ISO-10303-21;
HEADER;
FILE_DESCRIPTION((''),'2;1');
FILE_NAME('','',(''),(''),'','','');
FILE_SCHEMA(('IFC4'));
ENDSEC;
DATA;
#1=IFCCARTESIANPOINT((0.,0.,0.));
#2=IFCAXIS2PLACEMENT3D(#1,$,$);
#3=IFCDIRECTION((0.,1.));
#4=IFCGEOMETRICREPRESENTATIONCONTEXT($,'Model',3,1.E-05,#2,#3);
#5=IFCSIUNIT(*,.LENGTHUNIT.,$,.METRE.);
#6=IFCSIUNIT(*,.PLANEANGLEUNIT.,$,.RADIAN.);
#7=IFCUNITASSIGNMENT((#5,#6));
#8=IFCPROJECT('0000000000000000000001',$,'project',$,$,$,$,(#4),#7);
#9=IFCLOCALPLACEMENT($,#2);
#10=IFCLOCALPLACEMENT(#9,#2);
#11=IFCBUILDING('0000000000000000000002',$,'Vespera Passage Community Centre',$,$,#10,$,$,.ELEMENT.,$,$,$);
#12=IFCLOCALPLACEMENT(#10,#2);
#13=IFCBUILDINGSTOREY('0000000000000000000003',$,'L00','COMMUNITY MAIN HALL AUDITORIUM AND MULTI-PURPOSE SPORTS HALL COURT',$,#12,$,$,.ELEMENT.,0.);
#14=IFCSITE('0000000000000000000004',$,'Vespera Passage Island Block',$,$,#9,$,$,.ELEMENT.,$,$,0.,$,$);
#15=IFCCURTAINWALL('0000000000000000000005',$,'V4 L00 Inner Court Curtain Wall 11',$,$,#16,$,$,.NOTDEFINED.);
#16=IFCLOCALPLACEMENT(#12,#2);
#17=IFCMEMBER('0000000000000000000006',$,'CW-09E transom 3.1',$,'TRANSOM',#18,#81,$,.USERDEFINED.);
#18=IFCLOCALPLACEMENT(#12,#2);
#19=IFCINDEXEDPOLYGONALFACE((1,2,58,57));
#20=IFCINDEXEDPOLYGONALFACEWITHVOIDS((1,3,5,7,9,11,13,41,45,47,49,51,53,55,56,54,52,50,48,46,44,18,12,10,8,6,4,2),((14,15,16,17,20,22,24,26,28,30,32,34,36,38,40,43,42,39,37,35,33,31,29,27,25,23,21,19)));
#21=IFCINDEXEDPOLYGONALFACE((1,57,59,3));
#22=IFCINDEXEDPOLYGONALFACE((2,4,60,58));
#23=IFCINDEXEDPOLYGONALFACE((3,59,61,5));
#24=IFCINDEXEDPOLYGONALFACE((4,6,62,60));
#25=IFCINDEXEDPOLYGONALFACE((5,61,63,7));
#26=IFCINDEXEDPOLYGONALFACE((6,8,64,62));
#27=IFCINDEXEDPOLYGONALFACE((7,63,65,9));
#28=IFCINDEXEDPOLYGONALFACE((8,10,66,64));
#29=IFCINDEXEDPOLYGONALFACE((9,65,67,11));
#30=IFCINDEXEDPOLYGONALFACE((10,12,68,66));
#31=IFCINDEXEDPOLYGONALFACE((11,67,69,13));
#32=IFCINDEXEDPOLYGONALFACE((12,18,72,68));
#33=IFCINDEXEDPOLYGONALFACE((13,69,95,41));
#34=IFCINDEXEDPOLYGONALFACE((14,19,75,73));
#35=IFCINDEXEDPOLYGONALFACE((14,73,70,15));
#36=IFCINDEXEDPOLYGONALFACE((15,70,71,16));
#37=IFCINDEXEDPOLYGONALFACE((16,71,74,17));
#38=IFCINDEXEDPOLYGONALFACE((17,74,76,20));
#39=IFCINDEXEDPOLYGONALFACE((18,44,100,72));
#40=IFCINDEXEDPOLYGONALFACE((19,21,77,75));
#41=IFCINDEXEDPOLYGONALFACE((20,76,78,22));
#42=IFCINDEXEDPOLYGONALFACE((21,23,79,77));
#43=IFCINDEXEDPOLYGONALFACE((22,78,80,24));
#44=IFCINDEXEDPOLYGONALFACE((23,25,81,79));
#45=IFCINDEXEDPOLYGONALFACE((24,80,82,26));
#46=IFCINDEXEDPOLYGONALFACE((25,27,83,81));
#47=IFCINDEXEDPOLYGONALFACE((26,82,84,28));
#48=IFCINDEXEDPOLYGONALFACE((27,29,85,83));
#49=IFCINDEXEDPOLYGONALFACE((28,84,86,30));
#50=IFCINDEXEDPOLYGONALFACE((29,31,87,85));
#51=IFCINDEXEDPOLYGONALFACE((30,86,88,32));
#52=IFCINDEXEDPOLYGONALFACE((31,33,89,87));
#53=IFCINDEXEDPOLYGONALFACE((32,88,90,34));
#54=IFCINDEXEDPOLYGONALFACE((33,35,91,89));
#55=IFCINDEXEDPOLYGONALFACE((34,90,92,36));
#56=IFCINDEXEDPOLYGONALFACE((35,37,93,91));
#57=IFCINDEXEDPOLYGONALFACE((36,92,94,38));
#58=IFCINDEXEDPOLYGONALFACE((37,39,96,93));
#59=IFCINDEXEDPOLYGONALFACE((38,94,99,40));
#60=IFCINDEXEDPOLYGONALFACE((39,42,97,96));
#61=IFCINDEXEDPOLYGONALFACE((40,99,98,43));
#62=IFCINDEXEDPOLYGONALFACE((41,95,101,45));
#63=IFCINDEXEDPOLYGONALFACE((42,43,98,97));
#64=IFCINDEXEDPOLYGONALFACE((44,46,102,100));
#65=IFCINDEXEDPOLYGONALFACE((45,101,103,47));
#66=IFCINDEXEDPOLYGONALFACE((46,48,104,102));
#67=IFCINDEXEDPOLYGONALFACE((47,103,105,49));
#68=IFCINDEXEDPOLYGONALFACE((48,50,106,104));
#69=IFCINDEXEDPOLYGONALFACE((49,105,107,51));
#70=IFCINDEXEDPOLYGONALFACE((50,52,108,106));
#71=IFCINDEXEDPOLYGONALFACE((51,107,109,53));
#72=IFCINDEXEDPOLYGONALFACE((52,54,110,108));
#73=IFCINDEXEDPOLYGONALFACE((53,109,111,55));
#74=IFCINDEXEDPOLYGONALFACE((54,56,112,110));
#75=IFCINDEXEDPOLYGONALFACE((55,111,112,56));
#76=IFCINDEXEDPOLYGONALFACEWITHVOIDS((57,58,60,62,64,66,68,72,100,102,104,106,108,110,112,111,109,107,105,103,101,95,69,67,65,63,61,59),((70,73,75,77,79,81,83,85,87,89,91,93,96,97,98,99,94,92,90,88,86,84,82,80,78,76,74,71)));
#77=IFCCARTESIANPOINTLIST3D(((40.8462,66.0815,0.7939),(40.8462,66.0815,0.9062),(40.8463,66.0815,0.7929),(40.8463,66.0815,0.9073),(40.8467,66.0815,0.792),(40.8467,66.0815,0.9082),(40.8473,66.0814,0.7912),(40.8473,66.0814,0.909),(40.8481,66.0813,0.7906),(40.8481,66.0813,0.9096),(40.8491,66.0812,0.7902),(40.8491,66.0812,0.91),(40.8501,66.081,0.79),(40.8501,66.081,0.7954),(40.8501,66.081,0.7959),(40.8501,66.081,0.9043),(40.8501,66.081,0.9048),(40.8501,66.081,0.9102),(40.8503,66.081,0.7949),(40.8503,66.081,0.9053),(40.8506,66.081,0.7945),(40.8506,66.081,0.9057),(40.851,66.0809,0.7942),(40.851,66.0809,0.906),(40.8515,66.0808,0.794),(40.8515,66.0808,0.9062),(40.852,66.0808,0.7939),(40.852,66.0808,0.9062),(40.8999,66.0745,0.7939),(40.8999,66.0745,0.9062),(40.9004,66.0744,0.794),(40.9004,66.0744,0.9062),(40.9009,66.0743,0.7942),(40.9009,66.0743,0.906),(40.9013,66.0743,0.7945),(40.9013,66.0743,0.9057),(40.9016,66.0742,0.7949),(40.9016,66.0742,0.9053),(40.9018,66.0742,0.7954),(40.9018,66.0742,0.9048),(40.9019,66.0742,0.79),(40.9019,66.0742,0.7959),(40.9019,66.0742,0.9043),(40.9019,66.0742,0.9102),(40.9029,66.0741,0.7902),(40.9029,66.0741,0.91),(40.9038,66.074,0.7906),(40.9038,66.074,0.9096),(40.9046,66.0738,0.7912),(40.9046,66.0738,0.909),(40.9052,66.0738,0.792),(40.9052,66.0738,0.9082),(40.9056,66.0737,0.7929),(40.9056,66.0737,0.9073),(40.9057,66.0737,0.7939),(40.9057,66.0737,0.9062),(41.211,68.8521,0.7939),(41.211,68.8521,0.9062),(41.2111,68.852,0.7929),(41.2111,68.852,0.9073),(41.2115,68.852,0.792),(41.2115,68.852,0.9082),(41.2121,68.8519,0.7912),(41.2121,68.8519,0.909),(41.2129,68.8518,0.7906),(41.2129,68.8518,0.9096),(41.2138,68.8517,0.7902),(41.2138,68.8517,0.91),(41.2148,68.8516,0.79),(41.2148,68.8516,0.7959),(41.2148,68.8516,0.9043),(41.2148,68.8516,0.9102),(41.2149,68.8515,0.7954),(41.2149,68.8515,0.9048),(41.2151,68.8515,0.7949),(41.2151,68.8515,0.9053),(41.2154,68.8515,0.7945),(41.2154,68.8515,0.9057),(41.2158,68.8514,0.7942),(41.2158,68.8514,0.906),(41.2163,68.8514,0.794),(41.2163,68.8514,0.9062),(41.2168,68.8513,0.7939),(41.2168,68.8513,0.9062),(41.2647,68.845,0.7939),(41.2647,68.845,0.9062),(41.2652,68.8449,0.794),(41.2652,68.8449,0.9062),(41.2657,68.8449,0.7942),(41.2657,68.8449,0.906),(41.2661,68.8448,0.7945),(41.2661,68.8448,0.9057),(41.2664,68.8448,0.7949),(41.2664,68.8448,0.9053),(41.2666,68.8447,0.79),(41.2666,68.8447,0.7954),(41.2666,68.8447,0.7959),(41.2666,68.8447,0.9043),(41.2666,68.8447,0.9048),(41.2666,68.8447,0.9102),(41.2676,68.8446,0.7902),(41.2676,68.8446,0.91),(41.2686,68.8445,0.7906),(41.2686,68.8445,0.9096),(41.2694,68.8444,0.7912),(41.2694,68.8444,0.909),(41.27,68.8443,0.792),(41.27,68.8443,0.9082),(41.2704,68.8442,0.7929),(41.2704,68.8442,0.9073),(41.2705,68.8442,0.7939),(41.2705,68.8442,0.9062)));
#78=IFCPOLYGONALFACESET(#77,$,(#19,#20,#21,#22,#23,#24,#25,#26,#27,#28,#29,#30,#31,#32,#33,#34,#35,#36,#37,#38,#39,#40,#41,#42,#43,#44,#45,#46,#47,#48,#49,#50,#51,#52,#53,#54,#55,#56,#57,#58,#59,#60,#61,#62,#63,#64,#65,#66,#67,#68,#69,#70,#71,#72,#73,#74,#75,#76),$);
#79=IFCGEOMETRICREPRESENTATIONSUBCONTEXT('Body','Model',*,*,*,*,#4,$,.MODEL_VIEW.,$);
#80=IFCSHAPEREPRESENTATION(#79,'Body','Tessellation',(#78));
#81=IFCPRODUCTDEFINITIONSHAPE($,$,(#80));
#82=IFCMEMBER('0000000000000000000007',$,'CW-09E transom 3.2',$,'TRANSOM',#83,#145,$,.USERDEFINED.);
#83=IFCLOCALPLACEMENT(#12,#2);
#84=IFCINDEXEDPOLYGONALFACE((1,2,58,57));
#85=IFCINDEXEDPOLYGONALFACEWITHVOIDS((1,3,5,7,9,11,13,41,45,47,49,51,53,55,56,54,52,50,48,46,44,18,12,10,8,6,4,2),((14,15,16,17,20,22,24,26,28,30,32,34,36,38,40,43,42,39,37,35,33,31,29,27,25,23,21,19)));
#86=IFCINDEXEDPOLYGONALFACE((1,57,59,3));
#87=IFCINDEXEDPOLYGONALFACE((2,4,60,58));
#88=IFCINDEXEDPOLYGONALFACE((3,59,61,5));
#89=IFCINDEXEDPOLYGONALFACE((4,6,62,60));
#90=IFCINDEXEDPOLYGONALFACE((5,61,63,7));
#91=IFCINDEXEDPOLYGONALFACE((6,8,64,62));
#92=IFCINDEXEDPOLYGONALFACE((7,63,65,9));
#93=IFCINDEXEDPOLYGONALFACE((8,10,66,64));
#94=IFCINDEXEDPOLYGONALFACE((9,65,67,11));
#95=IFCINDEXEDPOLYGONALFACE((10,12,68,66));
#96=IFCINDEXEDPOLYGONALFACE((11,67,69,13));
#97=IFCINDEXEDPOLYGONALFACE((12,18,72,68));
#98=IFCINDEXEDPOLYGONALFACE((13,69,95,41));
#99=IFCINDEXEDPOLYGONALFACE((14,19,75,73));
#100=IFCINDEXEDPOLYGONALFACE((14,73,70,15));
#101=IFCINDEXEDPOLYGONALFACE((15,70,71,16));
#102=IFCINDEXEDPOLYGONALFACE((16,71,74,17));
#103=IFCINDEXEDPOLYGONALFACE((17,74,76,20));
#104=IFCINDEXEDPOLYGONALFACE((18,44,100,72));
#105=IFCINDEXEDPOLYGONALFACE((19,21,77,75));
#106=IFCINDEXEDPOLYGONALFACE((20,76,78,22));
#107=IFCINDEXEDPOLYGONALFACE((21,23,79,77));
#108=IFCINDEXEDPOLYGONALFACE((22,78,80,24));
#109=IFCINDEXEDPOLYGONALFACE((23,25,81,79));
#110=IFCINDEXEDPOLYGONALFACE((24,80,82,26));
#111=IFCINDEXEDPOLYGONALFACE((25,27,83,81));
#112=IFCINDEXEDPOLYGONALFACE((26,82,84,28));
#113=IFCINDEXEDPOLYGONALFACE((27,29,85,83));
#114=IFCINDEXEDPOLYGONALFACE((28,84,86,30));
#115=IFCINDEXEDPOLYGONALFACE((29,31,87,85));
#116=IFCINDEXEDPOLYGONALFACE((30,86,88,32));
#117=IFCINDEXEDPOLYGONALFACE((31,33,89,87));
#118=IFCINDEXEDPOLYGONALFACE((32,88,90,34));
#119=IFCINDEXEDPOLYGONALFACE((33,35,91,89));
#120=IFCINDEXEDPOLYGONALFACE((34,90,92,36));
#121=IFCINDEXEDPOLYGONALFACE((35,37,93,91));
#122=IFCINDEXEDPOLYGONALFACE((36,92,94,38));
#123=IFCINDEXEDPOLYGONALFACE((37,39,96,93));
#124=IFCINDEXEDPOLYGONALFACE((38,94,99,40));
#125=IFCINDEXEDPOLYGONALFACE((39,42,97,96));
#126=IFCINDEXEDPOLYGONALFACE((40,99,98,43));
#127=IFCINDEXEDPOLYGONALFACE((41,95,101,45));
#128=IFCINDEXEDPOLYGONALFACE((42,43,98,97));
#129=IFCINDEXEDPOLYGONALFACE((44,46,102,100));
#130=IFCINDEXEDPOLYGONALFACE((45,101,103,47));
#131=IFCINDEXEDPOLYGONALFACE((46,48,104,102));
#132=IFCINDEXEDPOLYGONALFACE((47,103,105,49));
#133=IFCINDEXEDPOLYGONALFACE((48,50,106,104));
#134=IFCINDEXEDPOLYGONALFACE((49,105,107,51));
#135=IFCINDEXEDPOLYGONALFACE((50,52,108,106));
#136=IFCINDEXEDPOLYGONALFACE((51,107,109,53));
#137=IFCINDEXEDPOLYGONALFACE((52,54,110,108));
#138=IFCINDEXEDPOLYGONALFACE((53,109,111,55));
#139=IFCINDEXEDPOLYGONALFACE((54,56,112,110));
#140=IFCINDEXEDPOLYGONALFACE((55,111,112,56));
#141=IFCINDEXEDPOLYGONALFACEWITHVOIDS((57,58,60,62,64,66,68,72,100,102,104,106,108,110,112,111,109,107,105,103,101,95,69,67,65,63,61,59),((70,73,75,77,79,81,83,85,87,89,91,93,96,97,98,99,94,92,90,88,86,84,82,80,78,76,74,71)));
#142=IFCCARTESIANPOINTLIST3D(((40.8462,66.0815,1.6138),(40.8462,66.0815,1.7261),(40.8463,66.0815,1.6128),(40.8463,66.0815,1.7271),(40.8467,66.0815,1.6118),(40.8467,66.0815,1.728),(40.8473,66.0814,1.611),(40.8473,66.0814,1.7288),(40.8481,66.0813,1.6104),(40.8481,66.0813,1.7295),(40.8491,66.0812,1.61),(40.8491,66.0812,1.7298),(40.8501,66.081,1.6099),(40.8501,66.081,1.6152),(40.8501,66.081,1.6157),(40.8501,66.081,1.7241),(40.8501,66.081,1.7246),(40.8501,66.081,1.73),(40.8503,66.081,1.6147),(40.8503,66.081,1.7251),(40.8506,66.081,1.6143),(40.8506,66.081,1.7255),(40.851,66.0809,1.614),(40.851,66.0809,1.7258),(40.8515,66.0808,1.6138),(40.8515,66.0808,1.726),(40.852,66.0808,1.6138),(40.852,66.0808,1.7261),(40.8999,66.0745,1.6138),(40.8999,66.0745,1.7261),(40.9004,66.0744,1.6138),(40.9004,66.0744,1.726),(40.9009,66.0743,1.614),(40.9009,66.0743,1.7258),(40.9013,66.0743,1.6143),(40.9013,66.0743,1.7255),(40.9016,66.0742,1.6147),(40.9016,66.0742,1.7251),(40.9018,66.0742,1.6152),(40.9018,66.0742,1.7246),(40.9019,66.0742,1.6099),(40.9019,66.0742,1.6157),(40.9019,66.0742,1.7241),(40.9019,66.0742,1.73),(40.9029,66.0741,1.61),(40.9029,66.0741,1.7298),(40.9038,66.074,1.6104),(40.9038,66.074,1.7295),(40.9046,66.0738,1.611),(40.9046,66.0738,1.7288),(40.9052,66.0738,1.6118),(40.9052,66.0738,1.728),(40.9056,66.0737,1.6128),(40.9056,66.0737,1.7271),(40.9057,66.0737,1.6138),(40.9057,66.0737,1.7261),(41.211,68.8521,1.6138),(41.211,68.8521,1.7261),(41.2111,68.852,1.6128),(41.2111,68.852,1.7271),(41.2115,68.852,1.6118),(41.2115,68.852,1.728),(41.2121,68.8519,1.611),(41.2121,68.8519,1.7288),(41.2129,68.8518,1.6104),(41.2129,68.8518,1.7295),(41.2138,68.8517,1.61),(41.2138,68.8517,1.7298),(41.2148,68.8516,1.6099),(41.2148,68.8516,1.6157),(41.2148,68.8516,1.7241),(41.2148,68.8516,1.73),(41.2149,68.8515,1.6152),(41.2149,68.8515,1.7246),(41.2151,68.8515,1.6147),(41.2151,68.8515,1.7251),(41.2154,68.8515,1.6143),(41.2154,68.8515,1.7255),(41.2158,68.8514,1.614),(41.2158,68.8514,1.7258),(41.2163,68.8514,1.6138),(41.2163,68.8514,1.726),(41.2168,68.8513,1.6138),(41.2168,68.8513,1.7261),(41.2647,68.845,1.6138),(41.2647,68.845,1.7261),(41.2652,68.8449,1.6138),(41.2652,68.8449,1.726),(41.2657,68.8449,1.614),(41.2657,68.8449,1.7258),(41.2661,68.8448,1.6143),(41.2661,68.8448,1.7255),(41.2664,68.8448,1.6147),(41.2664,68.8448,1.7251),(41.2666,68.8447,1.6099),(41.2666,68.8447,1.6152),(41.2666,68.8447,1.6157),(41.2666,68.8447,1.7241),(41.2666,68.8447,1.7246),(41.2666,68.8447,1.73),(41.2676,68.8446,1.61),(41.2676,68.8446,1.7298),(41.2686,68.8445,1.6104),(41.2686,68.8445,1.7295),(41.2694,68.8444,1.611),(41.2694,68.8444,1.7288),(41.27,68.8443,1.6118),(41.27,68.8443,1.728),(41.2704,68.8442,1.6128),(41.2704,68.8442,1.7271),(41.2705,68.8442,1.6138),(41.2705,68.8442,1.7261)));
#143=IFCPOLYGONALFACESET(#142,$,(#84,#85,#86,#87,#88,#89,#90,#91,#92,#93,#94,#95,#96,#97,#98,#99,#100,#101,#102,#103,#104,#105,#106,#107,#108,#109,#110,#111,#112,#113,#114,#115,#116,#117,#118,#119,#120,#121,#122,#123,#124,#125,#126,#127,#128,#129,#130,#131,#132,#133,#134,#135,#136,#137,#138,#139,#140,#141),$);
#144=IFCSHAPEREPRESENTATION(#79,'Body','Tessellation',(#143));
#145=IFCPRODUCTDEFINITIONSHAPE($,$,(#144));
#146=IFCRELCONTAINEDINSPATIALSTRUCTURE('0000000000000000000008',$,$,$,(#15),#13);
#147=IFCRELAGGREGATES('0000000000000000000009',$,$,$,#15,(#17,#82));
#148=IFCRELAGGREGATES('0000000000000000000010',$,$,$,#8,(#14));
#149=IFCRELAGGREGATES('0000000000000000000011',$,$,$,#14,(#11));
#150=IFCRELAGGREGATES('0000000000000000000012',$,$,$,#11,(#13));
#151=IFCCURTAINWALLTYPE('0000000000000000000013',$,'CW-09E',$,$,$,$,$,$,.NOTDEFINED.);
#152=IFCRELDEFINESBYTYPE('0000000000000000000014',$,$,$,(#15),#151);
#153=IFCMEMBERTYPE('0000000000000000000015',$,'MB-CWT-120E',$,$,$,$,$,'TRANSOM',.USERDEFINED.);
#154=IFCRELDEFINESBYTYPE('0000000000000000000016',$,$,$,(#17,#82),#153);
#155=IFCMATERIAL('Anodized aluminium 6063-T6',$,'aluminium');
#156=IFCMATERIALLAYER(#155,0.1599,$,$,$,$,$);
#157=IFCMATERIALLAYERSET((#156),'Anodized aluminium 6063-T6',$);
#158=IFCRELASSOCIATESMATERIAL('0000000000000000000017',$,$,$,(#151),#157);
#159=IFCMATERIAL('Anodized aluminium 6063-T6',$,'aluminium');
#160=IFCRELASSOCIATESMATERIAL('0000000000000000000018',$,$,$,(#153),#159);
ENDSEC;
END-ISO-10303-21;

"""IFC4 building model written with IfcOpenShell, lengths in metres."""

from ifc_helpers import new_model, si_unit, direction, frame, origin, origin_2d, place, context, subcontext, project, spatial, hollow_rectangle, extrude, material, layer, layer_set, material_profile, profile_set, type_object, element, aggregate, save


model = new_model("IFC4")

# Units and contexts
model_context = context("Model", 3, precision=1e-05, world=origin(), true_north=direction((0.0, 1.0)))
body_context = subcontext(model_context, "Body", "Model", "MODEL_VIEW")
ifc_project = project(units=[si_unit("LENGTHUNIT", "METRE"), si_unit("PLANEANGLEUNIT", "RADIAN")], contexts=[model_context])

# Site, building, storey
site_placement = place(None, origin())
site = spatial("IfcSite", under=ifc_project, at=site_placement, Name="Vespera Passage Island Block", CompositionType="ELEMENT", RefElevation=0.0)
building_placement = place(site_placement, origin())
building = spatial("IfcBuilding", under=site, at=building_placement, Name="Vespera Passage Community Centre", CompositionType="ELEMENT")
storey_placement = place(building_placement, origin())
storey = spatial("IfcBuildingStorey", under=building, at=storey_placement, Name="L00", Description="COMMUNITY MAIN HALL AUDITORIUM AND MULTI-PURPOSE SPORTS HALL COURT", CompositionType="ELEMENT", Elevation=0.0)

# Curtain wall
ifc_material_1 = material(Name="Anodized aluminium 6063-T6", Category="aluminium")
ifc_layer_1 = layer(ifc_material_1, 0.1599)
ifc_layer_set_1 = layer_set([ifc_layer_1], Name="Anodized aluminium 6063-T6")
curtain_wall_type_1 = type_object("IfcCurtainWallType", Name="CW-09E", PredefinedType="NOTDEFINED", material=ifc_layer_set_1)
curtain_wall_1_placement = place(storey_placement, origin())
curtain_wall_1 = element("IfcCurtainWall", 1, at=curtain_wall_1_placement, inside=storey, type_object=curtain_wall_type_1, Name="V4 L00 Inner Court Curtain Wall 11", PredefinedType="NOTDEFINED")

# Members
ifc_material_2 = material(Name="Anodized aluminium 6063-T6", Category="aluminium")
ifc_material_profile_1 = material_profile(ifc_material_2, hollow_rectangle(XDim=0.0601, YDim=0.1201, WallThickness=0.0039, InnerFilletRadius=0.002, OuterFilletRadius=0.0039, at=origin_2d()), Name="ALU120X60X4")
ifc_profile_set_1 = profile_set([ifc_material_profile_1], Name="Anodized aluminium 6063-T6")
member_type_1 = type_object("IfcMemberType", Name="MB-CWT-120E", ElementType="TRANSOM", PredefinedType="USERDEFINED", material=ifc_profile_set_1)
member_1_placement = place(storey_placement, frame((41.2407, 68.8481, 0.8501), z_axis=(-0.130527, -0.991445, 0.0), x_axis=(0.991445, -0.130527, 0.0)))
member_1 = element("IfcMember", 2, at=member_1_placement, type_object=member_type_1, Name="CW-09E transom 3.1", ObjectType="TRANSOM", PredefinedType="USERDEFINED", context=body_context, shape_type="SweptSolid", body=[
    extrude(hollow_rectangle(XDim=0.0601, YDim=0.1201, WallThickness=0.0039, InnerFilletRadius=0.002, OuterFilletRadius=0.0039, at=origin_2d()), origin(), (0.0, 0.0, 1.0), 2.7944),
])
member_2_placement = place(storey_placement, frame((41.2407, 68.8481, 1.6699), z_axis=(-0.130527, -0.991445, 0.0), x_axis=(0.991445, -0.130527, 0.0)))
member_2 = element("IfcMember", 3, at=member_2_placement, type_object=member_type_1, Name="CW-09E transom 3.2", ObjectType="TRANSOM", PredefinedType="USERDEFINED", context=body_context, shape_type="SweptSolid", body=[
    extrude(hollow_rectangle(XDim=0.0601, YDim=0.1201, WallThickness=0.0039, InnerFilletRadius=0.002, OuterFilletRadius=0.0039, at=origin_2d()), origin(), (0.0, 0.0, 1.0), 2.7944),
])

aggregate(curtain_wall_1, [member_1, member_2])

save(model, "model.ifc")
